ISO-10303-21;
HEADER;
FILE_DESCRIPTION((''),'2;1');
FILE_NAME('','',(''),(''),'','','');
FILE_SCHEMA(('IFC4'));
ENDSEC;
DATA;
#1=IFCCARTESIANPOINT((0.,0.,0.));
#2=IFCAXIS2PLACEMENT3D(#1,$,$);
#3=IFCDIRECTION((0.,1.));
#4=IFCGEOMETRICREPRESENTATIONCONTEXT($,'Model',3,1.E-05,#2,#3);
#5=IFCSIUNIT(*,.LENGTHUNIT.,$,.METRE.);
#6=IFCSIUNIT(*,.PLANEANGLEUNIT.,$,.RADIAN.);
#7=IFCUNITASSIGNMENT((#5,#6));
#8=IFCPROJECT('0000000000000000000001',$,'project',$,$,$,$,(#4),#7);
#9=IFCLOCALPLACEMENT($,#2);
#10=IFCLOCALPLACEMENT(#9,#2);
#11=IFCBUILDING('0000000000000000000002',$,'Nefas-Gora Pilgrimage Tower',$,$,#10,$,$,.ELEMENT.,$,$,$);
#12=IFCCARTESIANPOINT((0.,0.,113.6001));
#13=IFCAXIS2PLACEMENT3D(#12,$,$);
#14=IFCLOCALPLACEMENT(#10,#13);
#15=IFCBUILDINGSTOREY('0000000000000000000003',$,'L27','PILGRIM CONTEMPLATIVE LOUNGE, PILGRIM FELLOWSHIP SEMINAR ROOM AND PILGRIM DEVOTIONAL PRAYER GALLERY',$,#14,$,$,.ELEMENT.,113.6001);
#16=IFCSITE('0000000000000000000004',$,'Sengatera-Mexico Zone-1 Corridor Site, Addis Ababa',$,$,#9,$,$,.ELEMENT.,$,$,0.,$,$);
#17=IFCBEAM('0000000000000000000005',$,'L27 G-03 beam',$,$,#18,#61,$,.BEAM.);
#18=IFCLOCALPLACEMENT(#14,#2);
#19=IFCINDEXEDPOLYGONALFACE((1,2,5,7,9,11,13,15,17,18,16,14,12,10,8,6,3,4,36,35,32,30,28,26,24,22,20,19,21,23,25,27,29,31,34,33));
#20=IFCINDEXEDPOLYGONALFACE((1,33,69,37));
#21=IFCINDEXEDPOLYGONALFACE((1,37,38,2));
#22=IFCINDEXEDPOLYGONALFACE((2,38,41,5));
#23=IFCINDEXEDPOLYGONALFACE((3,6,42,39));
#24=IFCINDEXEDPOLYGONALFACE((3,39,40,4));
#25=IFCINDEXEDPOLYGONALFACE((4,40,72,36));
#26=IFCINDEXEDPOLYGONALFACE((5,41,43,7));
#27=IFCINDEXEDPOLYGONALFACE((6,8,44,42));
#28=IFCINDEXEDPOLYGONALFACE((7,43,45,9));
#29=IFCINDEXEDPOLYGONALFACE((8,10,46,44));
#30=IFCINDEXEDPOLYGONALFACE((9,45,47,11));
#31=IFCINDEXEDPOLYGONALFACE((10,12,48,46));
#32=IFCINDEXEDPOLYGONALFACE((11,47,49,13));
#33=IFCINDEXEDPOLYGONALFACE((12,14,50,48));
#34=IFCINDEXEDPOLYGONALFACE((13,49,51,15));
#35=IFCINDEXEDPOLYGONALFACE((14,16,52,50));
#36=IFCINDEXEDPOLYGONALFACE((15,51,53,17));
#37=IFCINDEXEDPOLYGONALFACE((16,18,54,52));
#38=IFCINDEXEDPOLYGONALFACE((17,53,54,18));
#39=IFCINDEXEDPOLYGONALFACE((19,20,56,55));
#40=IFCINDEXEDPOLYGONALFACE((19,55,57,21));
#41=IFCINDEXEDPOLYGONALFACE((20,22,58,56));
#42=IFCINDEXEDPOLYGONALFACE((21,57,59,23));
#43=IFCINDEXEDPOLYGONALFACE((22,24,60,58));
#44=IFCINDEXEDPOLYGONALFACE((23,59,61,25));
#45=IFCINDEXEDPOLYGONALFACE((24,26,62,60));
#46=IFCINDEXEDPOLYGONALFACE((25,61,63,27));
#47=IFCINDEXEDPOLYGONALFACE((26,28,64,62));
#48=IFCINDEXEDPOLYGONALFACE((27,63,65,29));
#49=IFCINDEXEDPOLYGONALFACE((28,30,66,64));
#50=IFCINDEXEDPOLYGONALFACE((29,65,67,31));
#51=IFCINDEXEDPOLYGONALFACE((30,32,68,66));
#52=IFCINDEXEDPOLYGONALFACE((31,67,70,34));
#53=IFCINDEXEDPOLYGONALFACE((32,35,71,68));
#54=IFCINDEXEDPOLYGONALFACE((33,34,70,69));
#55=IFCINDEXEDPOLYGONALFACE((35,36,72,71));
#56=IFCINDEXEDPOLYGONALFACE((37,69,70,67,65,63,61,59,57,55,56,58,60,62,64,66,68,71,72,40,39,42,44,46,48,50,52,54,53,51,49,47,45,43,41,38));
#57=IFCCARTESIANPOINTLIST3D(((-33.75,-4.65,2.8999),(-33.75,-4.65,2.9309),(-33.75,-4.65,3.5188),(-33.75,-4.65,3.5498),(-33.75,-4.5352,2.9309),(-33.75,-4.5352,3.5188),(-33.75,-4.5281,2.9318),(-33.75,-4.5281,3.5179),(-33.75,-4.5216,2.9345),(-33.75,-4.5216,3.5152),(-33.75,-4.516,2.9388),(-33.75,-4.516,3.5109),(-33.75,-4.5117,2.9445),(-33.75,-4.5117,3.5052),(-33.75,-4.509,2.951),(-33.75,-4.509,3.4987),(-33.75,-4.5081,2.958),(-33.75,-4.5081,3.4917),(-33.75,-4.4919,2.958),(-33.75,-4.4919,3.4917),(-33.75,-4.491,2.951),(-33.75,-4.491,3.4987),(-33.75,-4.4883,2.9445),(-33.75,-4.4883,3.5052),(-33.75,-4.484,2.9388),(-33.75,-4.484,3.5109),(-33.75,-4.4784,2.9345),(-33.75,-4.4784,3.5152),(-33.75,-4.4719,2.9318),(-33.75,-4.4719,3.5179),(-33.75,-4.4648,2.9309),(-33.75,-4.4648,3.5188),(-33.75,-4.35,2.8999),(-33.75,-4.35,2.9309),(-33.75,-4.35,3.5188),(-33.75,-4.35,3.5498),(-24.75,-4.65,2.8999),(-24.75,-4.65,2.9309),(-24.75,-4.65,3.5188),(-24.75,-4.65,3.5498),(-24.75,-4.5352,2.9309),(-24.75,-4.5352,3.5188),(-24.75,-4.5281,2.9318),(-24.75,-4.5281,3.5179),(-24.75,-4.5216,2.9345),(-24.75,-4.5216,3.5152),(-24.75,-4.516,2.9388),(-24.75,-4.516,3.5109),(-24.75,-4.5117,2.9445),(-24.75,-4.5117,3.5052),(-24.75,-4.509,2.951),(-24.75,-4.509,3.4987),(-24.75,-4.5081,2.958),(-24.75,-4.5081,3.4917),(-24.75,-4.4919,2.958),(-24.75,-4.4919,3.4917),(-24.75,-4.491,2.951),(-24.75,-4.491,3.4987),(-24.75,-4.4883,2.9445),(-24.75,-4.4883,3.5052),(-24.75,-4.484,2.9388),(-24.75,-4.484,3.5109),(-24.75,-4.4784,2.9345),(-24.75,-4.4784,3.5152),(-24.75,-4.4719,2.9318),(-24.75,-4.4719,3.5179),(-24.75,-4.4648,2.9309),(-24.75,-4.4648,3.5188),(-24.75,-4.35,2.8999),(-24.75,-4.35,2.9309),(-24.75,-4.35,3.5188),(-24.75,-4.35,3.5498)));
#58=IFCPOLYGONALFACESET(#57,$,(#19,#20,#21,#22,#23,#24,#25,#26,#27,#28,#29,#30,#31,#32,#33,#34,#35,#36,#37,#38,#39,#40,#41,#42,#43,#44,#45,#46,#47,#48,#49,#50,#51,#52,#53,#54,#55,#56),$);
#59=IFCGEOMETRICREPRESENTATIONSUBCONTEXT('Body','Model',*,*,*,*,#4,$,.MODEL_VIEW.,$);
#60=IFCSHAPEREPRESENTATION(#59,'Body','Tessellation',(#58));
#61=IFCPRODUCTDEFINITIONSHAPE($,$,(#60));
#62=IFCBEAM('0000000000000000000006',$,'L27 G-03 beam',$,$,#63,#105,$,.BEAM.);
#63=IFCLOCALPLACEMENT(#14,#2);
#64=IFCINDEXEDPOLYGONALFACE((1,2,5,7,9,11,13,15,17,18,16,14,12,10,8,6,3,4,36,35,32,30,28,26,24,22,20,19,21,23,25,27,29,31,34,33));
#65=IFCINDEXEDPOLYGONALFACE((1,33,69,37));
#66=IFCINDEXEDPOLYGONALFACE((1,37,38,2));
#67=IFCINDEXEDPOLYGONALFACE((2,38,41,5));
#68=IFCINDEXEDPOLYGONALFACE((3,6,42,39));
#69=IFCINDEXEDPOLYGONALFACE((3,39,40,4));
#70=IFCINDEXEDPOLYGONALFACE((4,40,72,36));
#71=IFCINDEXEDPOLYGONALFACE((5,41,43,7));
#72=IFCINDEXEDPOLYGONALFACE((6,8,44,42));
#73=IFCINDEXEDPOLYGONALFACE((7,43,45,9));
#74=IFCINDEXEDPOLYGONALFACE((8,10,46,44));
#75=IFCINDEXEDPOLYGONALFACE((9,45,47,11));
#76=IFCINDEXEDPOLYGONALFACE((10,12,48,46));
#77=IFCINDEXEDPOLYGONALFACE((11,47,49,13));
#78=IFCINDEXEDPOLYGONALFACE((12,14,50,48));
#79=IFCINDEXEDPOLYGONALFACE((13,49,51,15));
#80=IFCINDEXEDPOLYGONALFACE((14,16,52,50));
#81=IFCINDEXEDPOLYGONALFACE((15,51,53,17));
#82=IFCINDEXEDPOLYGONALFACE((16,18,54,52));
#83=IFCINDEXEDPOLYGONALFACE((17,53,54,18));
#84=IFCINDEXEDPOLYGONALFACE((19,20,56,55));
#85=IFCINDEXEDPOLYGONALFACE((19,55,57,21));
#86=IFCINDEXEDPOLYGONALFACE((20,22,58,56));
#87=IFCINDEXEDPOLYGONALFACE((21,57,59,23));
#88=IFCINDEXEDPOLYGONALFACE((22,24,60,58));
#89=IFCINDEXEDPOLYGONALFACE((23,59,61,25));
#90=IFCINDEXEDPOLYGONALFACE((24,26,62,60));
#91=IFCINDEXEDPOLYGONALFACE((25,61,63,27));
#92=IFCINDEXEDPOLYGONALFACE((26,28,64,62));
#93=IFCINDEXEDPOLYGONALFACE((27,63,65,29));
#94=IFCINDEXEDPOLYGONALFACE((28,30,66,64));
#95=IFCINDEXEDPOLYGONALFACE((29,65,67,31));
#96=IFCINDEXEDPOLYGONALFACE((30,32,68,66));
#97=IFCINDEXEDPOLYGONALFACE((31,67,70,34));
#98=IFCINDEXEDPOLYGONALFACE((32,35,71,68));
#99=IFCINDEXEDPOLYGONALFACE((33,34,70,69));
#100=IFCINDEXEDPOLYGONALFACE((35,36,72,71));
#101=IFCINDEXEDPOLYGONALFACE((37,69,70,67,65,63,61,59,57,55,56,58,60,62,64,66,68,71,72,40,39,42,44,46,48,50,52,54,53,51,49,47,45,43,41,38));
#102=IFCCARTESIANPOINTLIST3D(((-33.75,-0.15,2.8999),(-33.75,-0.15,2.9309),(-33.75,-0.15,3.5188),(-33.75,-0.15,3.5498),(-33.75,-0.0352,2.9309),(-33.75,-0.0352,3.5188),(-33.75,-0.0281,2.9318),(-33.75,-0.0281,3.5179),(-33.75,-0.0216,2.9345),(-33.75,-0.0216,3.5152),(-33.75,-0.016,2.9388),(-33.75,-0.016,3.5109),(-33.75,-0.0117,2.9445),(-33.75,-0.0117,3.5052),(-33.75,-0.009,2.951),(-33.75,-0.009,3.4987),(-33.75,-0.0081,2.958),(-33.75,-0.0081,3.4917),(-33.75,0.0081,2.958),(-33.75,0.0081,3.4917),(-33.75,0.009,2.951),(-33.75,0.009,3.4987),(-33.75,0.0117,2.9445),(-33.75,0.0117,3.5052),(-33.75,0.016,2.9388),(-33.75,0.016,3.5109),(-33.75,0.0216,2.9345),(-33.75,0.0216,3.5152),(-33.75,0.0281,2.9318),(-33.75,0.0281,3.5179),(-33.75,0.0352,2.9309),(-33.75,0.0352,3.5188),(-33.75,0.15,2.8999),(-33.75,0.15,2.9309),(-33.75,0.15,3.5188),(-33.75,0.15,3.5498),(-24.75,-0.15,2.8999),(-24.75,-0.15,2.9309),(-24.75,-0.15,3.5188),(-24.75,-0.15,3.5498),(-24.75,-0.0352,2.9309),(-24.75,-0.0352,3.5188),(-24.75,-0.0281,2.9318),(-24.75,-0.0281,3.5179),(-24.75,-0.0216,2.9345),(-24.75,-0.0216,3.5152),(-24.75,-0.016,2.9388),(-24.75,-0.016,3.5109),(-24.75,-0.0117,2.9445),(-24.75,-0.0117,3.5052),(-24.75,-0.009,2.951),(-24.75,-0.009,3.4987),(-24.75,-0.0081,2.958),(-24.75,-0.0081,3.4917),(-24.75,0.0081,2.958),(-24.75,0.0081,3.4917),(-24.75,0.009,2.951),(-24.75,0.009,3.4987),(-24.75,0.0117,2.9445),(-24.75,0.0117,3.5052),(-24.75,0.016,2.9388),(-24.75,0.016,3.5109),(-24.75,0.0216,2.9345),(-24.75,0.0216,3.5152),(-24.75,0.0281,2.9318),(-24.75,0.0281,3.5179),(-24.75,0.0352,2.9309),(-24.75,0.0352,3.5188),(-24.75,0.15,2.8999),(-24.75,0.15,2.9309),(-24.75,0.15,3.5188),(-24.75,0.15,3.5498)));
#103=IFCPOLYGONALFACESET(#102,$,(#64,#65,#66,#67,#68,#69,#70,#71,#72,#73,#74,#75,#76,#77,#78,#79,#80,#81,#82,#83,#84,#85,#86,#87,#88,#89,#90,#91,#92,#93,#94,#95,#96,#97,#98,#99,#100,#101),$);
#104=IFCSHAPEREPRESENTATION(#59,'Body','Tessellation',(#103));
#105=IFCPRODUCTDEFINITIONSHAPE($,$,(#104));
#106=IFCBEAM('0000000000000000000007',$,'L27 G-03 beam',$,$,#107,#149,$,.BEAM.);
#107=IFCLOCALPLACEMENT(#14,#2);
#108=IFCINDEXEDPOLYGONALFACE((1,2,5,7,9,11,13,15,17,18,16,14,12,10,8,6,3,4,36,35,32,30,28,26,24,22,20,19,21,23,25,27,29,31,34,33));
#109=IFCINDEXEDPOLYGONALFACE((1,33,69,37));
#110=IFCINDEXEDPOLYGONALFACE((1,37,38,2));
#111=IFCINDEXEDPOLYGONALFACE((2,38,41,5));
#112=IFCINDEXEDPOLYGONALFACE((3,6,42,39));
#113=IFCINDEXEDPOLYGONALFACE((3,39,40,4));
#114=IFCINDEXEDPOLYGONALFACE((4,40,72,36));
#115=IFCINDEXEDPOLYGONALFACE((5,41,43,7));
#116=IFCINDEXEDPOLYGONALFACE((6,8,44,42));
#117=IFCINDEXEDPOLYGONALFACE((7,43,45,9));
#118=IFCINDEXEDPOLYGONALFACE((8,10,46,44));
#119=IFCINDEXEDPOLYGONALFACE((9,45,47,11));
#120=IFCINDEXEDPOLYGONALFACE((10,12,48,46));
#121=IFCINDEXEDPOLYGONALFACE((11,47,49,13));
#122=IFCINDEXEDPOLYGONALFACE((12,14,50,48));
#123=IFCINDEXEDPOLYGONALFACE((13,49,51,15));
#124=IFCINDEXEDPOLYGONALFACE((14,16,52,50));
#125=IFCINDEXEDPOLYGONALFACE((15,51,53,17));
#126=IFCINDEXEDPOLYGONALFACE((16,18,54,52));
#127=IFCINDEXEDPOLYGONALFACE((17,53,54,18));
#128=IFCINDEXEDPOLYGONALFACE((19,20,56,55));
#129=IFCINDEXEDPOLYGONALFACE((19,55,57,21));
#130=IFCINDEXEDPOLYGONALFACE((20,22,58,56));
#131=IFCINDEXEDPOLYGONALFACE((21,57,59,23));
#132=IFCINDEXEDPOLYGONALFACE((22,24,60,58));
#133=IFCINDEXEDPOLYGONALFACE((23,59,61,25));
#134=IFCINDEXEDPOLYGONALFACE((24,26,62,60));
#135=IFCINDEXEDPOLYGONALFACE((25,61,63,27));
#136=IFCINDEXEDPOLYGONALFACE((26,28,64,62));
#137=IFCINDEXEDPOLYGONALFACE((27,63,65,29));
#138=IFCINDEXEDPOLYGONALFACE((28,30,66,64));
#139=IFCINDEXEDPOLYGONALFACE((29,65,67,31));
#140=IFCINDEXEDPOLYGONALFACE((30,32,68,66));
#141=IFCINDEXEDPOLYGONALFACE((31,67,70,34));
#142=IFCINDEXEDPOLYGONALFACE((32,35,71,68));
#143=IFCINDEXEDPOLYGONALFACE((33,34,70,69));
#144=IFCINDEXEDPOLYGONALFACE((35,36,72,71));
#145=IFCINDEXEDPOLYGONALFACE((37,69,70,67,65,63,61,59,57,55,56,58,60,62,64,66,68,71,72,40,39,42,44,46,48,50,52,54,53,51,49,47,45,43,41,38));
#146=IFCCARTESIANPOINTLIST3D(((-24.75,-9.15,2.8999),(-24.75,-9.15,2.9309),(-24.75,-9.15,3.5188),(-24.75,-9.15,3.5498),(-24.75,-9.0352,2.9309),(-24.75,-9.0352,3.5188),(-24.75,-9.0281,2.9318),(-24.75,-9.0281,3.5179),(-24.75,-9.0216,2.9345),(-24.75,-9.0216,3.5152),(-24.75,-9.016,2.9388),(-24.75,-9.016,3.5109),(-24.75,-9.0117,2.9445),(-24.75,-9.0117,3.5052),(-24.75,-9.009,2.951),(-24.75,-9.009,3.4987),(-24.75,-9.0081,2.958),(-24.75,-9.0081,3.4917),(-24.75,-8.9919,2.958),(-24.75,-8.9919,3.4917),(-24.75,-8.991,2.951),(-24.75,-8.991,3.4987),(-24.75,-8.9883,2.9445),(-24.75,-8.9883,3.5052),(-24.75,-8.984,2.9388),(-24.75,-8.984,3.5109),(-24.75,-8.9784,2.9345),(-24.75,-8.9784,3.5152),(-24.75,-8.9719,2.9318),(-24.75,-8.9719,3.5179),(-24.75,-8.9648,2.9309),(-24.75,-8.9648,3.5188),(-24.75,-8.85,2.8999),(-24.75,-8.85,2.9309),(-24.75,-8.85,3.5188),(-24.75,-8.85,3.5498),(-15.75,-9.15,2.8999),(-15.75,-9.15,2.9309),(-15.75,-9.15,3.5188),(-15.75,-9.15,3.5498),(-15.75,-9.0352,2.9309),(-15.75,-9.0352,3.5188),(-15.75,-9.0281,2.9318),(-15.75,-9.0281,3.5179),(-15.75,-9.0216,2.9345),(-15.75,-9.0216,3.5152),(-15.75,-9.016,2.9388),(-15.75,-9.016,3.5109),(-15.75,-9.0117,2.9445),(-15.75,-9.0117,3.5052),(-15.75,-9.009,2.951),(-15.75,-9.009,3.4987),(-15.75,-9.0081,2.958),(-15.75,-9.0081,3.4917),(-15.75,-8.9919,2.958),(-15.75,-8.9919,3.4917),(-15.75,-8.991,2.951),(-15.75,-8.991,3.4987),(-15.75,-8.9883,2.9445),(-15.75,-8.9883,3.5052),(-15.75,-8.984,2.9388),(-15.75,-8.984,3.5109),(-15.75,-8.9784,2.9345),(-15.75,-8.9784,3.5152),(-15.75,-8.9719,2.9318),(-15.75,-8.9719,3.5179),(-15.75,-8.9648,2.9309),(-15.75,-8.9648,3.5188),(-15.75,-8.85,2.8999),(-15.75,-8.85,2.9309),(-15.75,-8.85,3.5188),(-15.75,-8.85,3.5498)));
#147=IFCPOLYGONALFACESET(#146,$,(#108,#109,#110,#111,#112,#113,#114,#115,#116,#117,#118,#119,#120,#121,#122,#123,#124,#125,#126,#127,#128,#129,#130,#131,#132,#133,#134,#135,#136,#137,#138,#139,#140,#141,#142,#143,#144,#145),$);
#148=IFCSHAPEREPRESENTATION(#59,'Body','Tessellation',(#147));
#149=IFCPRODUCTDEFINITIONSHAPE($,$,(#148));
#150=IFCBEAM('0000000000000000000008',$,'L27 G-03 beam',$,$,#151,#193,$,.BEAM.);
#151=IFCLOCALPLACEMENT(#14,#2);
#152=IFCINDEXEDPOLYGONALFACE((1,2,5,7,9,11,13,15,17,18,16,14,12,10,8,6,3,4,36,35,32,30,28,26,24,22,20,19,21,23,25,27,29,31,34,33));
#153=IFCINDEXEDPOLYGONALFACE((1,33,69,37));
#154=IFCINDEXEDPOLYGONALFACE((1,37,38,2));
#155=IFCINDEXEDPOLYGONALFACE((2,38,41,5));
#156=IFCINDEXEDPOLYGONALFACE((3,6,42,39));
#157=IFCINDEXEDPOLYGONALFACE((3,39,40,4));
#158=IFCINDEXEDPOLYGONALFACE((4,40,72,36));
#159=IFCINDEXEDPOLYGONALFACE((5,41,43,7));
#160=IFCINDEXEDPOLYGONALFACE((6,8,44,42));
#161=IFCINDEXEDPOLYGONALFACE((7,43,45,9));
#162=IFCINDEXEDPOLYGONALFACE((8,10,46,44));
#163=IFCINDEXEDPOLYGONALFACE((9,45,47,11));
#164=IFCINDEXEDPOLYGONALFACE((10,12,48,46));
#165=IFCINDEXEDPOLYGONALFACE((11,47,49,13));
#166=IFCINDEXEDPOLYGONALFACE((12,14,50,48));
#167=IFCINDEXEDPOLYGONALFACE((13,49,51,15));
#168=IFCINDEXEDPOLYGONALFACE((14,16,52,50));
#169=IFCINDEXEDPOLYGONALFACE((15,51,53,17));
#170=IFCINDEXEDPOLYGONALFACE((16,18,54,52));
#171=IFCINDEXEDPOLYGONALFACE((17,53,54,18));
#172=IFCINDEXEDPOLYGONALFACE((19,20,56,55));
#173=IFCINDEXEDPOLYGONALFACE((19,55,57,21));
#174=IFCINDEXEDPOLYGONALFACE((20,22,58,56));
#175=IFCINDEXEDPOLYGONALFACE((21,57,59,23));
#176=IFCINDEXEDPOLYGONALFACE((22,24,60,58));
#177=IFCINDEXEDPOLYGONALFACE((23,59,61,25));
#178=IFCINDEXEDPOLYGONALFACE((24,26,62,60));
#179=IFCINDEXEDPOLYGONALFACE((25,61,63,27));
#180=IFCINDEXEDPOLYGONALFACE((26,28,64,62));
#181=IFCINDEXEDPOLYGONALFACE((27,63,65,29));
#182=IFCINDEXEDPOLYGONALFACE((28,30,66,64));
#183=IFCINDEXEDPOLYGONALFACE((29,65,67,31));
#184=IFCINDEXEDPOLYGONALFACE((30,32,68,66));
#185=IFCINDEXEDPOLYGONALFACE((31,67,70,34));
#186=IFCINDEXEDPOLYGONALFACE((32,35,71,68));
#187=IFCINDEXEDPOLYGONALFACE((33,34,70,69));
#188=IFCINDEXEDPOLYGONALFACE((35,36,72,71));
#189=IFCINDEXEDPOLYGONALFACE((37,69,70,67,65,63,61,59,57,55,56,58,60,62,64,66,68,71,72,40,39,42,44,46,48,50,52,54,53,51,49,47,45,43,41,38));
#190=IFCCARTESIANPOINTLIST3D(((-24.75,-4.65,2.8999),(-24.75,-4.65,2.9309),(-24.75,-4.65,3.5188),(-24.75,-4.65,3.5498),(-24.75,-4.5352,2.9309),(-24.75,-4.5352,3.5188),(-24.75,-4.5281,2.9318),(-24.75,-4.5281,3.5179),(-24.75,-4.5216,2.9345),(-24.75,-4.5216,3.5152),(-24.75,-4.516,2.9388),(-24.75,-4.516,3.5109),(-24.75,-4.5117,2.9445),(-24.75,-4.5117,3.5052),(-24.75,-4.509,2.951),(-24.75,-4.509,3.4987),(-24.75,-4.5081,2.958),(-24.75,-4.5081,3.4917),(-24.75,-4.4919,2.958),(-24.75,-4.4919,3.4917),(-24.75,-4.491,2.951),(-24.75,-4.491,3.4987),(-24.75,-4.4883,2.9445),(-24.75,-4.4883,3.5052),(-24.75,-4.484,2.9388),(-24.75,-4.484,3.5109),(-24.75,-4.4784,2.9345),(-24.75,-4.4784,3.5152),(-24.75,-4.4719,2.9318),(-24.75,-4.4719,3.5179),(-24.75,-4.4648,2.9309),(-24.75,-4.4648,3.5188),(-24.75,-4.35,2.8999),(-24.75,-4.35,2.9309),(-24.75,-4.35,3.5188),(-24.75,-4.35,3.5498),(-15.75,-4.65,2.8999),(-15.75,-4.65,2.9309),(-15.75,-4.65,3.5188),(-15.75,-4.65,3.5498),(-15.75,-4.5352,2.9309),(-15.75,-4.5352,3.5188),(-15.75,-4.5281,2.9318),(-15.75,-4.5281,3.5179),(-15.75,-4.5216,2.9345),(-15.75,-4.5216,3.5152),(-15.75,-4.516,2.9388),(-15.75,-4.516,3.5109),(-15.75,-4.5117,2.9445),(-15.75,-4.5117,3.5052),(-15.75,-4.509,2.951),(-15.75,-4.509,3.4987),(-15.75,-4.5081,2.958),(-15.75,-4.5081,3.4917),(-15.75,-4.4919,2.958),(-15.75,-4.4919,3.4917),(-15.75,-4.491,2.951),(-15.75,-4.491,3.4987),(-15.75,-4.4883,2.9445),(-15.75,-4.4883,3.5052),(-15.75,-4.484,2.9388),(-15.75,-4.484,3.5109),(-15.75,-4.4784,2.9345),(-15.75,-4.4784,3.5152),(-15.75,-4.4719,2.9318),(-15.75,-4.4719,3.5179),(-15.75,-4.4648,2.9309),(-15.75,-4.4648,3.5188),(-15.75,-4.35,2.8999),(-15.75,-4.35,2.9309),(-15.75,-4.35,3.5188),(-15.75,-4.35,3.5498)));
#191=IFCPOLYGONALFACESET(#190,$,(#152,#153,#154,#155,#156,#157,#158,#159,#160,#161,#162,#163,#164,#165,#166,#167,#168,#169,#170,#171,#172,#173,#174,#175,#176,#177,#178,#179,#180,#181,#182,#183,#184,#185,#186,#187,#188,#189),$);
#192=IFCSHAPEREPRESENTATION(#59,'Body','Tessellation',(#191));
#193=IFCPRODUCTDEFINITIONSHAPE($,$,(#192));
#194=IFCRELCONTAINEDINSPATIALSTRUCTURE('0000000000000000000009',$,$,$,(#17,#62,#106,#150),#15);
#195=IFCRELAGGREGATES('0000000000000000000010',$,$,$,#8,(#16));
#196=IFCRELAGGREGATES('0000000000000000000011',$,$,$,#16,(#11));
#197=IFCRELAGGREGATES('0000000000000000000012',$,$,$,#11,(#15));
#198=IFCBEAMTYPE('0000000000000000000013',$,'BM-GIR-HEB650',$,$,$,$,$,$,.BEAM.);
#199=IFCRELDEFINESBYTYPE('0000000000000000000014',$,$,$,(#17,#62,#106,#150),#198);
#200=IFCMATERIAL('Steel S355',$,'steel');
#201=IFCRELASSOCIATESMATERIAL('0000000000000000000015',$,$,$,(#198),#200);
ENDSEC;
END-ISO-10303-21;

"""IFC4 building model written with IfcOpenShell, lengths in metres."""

from ifc_helpers import new_model, si_unit, direction, frame, origin, origin_2d, place, context, subcontext, project, spatial, i_section, extrude, source, transform, mapped, material, material_profile, profile_set, type_object, element, save


model = new_model("IFC4")

# Units and contexts
model_context = context("Model", 3, precision=1e-05, world=origin(), true_north=direction((0.0, 1.0)))
body_context = subcontext(model_context, "Body", "Model", "MODEL_VIEW")
ifc_project = project(units=[si_unit("LENGTHUNIT", "METRE"), si_unit("PLANEANGLEUNIT", "RADIAN")], contexts=[model_context])

# Site, building, storey
site_placement = place(None, origin())
site = spatial("IfcSite", under=ifc_project, at=site_placement, Name="Sengatera-Mexico Zone-1 Corridor Site, Addis Ababa", CompositionType="ELEMENT", RefElevation=0.0)
building_placement = place(site_placement, origin())
building = spatial("IfcBuilding", under=site, at=building_placement, Name="Nefas-Gora Pilgrimage Tower", CompositionType="ELEMENT")
storey_placement = place(building_placement, frame((0.0, 0.0, 113.6001)))
storey = spatial("IfcBuildingStorey", under=building, at=storey_placement, Name="L27", Description="PILGRIM CONTEMPLATIVE LOUNGE, PILGRIM FELLOWSHIP SEMINAR ROOM AND PILGRIM DEVOTIONAL PRAYER GALLERY", CompositionType="ELEMENT", Elevation=113.6001)

# Beams
ifc_material_1 = material(Name="Steel S355", Category="steel")
ifc_material_profile_1 = material_profile(ifc_material_1, i_section(OverallWidth=0.3, OverallDepth=0.6499, WebThickness=0.0161, FlangeThickness=0.031, FilletRadius=0.0271, at=origin_2d()), Name="HEB 650")
ifc_profile_set_1 = profile_set([ifc_material_profile_1], Name="Steel S355")
beam_type_1 = type_object("IfcBeamType", Name="BM-GIR-HEB650", PredefinedType="BEAM", material=ifc_profile_set_1)
shared_shape_1 = source(origin(), body_context, "Body", "SweptSolid", [
    extrude(i_section(OverallWidth=0.3, OverallDepth=0.6499, WebThickness=0.0161, FlangeThickness=0.031, FilletRadius=0.0271, at=origin_2d()), origin(), (0.0, 0.0, 1.0), 9.0),
])
for number, where, z_axis, x_axis, name in (
    (1, (-33.75, -4.5, 3.2249), (1.0, 0.0, 0.0), (0.0, 1.0, 0.0), "L27 G-03 beam"),
    (2, (-33.75, 0.0, 3.2249), (1.0, 0.0, 0.0), (0.0, 1.0, 0.0), "L27 G-03 beam"),
    (3, (-24.75, -9.0, 3.2249), (1.0, 0.0, 0.0), (0.0, 1.0, 0.0), "L27 G-03 beam"),
    (4, (-24.75, -4.5, 3.2249), (1.0, 0.0, 0.0), (0.0, 1.0, 0.0), "L27 G-03 beam"),
):
    element("IfcBeam", number, at=place(storey_placement, frame(where, z_axis=z_axis, x_axis=x_axis)), inside=storey, type_object=beam_type_1, Name=name, PredefinedType="BEAM", context=body_context, shape_type="MappedRepresentation", body=[
        mapped(shared_shape_1, transform((0.0, 0.0, 0.0), x_axis=(1.0, 0.0, 0.0), y_axis=(0.0, 1.0, 0.0), z_axis=(0.0, 0.0, 1.0), scale=1.0)),
    ])

save(model, "model.ifc")
